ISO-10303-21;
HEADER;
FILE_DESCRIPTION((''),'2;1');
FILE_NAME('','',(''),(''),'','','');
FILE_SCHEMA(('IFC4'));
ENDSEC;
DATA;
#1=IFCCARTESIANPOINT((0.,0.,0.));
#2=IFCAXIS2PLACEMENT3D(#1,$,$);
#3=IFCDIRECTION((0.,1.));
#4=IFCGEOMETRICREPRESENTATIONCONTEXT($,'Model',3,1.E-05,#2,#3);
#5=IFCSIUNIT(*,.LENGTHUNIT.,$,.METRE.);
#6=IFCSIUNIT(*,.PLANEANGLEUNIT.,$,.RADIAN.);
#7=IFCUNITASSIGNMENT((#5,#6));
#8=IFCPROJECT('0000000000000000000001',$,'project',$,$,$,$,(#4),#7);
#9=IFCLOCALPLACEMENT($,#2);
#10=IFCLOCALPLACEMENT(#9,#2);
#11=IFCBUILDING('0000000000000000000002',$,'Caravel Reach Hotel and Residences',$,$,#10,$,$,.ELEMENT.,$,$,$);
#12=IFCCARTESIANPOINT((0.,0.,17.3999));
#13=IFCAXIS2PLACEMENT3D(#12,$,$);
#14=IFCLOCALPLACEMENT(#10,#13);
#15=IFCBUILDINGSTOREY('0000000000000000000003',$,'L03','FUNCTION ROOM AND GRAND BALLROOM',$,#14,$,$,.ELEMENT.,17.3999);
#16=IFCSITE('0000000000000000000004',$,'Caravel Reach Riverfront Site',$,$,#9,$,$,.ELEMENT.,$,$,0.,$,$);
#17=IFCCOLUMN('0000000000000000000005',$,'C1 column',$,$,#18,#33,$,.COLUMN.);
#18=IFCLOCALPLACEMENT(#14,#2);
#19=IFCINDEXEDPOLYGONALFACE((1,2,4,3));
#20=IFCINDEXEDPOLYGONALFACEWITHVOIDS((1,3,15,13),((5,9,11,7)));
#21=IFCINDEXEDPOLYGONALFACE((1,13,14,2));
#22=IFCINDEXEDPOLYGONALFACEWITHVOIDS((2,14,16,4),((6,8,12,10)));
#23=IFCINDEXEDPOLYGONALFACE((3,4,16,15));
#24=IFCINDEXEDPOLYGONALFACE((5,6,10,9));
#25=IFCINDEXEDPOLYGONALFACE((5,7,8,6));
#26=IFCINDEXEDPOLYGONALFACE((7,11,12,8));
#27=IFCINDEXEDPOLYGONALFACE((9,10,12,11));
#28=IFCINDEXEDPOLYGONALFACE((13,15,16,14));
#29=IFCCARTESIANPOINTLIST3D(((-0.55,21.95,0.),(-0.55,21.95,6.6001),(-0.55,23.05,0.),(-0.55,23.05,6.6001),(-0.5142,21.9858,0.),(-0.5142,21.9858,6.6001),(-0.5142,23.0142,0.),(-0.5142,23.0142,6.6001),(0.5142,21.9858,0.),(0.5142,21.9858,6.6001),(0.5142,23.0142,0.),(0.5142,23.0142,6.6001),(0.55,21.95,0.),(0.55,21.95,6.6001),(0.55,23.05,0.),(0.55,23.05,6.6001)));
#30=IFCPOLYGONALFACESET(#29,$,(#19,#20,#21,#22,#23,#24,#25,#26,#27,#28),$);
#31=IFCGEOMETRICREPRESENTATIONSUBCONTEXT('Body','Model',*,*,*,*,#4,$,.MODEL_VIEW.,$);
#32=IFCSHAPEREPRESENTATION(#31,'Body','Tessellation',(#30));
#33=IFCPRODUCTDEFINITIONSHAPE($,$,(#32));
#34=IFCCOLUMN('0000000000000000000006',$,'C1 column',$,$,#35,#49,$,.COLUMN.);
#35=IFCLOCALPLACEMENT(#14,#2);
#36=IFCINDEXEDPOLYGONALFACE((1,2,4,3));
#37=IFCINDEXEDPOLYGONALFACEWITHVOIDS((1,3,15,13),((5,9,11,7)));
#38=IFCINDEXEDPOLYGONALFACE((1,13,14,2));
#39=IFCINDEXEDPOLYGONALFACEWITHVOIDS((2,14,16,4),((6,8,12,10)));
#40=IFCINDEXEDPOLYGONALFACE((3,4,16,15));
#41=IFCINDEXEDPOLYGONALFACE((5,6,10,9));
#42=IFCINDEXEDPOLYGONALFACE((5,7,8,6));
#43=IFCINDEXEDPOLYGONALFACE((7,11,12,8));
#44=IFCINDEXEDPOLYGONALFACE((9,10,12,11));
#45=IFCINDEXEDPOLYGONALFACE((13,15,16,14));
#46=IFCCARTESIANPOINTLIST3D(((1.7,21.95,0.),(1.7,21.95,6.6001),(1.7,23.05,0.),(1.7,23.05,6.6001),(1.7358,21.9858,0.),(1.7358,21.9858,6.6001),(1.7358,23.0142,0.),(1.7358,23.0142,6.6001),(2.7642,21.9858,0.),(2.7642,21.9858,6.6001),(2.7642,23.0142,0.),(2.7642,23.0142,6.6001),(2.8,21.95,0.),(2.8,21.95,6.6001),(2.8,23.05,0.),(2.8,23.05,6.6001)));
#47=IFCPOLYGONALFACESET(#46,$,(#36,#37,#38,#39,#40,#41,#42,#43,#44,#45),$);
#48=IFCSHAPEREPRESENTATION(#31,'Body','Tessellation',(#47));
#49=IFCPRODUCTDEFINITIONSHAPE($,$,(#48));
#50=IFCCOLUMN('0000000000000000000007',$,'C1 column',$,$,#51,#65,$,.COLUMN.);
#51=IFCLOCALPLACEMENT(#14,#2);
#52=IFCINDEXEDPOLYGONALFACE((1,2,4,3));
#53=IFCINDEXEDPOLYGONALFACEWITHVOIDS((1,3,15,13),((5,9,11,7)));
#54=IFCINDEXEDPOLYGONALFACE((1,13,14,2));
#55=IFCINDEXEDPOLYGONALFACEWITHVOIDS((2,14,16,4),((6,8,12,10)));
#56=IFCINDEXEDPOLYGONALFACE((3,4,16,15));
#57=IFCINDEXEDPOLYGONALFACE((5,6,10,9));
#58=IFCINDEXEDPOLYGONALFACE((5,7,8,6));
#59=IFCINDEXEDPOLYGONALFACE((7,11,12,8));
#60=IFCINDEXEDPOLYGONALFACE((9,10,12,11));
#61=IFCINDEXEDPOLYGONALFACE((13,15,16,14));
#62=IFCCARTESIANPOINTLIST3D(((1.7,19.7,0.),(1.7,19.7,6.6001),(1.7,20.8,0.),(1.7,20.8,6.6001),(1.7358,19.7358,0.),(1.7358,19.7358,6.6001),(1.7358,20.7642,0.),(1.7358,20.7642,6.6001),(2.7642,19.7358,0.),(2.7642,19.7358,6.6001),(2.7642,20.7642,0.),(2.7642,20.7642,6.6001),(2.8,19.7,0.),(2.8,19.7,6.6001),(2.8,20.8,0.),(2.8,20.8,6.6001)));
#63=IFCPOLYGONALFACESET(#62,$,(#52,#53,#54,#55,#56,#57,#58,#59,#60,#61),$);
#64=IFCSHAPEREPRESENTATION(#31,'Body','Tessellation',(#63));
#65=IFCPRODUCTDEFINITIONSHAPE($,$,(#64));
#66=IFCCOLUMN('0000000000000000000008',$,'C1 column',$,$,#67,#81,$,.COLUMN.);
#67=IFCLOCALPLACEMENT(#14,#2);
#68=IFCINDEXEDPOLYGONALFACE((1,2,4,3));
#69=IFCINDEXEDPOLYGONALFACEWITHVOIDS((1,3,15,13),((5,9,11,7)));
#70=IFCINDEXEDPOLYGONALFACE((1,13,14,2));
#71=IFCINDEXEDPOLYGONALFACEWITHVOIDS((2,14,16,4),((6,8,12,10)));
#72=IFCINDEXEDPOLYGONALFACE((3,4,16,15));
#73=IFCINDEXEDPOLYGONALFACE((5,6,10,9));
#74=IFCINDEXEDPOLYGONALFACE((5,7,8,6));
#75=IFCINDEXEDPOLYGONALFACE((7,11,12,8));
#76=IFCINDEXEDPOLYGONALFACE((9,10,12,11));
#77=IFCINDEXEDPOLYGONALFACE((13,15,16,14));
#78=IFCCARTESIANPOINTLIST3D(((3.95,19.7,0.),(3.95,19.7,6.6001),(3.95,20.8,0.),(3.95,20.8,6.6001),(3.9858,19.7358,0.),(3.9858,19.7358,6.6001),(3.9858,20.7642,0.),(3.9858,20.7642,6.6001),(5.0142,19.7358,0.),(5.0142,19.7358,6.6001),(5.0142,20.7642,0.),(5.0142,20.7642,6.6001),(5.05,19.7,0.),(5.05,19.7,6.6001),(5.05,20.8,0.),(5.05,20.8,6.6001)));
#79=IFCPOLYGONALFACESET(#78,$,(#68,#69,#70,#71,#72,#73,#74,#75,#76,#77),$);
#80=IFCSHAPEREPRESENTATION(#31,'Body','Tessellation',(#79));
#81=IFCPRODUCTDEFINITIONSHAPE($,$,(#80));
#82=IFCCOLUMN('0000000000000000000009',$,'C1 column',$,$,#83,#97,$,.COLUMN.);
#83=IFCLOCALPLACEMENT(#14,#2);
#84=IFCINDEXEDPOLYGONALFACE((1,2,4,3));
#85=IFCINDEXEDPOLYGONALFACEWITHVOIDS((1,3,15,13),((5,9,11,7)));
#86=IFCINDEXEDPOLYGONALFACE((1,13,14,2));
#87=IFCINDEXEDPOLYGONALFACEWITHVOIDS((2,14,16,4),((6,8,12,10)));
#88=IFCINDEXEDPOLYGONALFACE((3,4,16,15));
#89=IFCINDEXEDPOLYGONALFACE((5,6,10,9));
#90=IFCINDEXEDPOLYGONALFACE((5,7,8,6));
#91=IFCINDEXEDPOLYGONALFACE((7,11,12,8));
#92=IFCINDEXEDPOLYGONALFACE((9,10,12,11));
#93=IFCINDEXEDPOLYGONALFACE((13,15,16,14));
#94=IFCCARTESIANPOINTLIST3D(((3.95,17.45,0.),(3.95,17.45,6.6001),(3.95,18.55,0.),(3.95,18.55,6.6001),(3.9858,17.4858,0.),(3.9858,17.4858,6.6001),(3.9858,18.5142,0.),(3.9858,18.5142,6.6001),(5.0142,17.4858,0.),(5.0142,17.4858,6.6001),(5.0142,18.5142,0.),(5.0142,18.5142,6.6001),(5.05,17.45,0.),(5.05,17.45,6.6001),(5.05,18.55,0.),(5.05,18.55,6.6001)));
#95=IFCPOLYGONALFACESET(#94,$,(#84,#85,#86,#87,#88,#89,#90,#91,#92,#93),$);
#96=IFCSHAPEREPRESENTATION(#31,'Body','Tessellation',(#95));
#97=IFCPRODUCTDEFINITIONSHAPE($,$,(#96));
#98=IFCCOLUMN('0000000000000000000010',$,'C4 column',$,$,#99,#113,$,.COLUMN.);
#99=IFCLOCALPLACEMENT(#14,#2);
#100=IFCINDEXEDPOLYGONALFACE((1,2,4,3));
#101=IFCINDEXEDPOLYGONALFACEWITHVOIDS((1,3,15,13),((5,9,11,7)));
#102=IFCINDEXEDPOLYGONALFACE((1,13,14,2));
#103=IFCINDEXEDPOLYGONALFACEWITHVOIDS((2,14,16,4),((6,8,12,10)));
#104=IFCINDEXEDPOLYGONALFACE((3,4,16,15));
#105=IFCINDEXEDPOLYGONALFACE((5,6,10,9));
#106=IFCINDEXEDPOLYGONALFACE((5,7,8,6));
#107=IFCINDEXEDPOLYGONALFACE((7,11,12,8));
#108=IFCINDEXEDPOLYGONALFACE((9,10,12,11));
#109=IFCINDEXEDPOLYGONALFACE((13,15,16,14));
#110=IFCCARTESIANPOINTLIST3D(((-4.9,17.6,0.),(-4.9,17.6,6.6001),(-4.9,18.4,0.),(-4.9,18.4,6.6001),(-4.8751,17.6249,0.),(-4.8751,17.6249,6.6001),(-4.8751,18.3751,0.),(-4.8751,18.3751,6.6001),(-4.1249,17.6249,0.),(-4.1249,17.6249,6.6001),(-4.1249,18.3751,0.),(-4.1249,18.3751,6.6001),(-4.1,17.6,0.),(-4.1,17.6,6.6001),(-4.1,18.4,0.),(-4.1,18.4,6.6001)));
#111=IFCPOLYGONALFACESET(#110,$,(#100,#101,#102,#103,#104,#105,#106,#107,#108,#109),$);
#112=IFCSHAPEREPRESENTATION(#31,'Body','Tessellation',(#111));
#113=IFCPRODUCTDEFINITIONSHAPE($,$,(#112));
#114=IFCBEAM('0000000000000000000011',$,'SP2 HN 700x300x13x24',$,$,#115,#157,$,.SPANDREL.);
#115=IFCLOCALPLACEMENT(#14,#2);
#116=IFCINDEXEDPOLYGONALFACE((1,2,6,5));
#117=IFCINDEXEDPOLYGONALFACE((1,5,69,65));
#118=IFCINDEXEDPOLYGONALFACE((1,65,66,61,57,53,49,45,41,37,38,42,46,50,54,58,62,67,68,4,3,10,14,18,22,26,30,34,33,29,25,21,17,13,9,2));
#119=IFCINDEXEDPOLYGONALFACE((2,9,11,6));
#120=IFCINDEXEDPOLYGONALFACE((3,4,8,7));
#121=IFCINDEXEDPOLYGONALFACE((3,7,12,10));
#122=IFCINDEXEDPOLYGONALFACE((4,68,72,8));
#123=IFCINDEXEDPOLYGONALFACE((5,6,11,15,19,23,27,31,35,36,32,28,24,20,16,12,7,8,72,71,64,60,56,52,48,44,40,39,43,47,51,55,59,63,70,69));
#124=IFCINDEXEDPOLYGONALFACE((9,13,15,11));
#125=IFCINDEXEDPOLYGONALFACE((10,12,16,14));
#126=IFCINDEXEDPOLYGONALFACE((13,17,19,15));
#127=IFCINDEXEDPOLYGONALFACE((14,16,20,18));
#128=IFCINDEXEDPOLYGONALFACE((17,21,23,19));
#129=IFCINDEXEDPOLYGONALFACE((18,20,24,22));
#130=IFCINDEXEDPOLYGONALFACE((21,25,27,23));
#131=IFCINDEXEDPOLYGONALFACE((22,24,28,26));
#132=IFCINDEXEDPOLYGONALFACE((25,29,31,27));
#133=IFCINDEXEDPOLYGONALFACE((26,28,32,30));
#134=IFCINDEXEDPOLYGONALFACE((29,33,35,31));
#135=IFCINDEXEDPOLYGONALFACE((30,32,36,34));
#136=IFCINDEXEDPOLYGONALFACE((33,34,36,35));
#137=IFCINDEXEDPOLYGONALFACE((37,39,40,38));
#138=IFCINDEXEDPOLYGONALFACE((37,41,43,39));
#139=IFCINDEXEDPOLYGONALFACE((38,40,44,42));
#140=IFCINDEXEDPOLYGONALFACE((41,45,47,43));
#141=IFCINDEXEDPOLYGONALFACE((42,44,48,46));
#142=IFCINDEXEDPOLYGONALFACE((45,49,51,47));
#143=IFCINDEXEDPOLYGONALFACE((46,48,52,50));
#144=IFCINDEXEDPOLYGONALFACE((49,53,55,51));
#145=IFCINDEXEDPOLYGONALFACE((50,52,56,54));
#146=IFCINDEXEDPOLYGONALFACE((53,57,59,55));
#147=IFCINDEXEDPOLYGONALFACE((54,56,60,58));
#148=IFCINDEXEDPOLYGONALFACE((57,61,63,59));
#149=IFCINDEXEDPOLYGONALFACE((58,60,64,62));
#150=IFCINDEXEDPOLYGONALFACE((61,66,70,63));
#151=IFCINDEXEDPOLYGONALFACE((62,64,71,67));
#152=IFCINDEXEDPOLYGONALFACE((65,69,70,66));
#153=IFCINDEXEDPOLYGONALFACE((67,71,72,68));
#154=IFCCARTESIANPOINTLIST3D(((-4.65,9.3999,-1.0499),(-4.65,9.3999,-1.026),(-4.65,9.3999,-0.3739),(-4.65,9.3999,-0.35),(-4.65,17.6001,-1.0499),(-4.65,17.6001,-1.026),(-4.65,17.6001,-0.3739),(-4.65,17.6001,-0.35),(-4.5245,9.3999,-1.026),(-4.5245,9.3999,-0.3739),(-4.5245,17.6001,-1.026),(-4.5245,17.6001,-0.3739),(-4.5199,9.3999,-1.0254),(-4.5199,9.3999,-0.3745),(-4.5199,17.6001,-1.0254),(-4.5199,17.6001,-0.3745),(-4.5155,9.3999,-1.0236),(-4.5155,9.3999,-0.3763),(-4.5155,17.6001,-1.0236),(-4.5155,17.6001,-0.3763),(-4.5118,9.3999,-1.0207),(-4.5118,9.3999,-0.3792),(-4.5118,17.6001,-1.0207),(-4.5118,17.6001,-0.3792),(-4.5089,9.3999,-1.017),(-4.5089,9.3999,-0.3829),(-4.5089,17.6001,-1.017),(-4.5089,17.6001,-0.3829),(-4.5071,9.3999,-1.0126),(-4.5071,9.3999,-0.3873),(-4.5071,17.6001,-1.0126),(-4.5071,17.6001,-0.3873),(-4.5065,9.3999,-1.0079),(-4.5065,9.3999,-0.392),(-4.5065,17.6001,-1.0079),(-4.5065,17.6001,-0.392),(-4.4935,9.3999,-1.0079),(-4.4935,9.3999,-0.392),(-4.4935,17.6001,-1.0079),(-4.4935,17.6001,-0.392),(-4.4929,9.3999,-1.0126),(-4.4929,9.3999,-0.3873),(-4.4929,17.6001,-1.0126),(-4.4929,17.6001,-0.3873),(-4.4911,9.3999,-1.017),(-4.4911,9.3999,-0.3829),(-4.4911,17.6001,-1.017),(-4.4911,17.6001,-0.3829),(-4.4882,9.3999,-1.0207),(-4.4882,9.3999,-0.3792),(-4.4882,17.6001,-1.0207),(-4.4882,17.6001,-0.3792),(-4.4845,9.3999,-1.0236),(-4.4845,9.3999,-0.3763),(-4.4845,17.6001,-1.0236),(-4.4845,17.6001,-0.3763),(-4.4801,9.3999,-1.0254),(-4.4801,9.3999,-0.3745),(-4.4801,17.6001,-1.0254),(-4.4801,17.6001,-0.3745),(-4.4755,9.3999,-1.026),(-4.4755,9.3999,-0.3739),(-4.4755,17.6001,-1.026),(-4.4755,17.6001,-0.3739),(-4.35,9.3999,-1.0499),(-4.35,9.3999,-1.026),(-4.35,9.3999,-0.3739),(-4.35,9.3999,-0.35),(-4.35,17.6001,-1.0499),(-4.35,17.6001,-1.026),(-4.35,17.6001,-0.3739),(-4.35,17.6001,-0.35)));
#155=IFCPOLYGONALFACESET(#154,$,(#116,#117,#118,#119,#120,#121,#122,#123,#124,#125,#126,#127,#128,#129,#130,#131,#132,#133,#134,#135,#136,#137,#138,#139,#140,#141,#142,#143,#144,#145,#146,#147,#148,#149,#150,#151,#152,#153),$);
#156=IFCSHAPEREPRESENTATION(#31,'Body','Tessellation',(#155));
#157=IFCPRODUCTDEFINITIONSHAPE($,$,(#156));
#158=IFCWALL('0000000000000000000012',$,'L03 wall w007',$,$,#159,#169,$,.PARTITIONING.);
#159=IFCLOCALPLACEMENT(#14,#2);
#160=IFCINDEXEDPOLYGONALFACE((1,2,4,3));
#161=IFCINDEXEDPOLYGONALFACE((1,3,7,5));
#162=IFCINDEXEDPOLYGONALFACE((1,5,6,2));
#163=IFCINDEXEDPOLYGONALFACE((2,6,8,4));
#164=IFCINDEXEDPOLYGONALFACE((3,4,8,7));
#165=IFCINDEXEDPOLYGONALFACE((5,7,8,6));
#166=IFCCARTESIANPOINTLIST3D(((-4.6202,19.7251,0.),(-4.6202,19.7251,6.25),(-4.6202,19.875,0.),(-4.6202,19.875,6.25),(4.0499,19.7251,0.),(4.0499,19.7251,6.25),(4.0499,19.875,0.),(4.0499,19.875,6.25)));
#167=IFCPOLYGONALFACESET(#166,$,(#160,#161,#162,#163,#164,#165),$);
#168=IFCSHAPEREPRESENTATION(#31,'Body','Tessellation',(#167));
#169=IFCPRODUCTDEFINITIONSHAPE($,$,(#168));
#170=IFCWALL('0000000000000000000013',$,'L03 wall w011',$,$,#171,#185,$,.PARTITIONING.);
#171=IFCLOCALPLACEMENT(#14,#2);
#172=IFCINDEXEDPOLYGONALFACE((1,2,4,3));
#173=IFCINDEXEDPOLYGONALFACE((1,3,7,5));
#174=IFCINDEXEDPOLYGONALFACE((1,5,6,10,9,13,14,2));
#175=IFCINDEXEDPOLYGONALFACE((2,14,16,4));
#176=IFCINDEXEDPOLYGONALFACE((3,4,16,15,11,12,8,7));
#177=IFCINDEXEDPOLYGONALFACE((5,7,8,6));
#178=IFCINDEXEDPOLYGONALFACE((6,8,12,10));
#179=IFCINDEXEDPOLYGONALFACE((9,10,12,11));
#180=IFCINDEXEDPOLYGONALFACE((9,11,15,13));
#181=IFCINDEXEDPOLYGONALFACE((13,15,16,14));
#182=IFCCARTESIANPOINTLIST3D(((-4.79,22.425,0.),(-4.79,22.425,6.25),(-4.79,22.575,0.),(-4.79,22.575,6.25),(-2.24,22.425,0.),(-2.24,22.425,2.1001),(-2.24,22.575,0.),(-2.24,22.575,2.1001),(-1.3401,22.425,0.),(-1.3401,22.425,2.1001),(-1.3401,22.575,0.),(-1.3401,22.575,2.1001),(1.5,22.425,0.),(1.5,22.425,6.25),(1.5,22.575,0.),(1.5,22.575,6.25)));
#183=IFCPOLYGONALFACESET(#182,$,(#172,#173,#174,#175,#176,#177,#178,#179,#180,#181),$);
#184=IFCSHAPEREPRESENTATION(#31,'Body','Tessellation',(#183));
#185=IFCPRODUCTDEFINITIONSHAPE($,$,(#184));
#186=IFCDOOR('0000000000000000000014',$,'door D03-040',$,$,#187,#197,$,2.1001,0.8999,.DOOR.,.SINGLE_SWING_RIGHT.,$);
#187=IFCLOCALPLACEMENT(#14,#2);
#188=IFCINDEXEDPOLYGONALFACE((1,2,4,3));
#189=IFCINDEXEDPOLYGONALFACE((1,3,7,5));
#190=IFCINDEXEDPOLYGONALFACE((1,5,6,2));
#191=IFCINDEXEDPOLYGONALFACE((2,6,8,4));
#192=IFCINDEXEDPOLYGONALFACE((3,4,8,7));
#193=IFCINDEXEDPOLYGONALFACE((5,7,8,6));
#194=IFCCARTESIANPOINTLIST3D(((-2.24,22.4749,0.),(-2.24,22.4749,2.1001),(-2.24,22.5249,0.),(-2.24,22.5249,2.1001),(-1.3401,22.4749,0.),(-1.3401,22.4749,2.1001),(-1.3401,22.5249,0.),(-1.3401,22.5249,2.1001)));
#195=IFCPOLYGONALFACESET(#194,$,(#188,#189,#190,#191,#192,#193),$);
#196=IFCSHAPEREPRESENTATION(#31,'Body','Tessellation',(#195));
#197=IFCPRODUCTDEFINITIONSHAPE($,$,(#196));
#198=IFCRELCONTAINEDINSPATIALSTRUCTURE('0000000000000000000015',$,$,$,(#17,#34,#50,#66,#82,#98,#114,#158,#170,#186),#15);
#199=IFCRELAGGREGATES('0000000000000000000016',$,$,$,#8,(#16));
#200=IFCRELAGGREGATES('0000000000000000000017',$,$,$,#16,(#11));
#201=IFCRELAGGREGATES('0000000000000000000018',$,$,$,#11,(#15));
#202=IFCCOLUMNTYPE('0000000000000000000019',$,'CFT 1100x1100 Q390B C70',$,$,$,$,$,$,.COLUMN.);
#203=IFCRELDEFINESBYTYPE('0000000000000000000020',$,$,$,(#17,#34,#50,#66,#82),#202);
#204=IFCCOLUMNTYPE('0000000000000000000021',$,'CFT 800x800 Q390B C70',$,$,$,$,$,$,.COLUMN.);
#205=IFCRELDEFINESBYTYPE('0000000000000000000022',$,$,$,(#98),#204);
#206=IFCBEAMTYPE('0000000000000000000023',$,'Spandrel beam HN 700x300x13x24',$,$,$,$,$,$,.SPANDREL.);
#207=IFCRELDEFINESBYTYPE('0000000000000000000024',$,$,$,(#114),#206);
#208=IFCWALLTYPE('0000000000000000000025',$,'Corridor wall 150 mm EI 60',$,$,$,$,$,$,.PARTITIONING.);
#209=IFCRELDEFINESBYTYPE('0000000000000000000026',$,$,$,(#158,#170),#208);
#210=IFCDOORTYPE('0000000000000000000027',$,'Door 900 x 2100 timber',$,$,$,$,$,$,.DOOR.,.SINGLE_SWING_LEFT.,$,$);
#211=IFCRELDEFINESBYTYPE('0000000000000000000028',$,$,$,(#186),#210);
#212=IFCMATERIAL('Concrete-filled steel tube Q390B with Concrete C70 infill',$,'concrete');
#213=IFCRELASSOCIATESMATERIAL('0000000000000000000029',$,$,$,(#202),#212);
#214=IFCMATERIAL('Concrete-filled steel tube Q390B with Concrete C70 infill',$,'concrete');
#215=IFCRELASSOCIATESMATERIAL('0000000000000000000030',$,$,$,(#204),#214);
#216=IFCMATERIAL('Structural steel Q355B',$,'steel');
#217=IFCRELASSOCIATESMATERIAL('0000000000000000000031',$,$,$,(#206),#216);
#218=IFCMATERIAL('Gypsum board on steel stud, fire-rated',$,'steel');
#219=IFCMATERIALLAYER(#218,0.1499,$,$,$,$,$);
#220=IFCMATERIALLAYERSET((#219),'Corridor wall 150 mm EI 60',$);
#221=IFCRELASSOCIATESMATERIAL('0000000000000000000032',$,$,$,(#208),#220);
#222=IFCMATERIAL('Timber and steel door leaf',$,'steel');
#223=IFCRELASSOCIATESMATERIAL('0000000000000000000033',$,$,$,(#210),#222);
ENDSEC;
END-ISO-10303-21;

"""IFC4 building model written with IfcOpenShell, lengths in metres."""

from ifc_helpers import new_model, si_unit, direction, frame, frame_2d, origin, origin_2d, place, context, subcontext, project, spatial, rectangle, hollow_rectangle, i_section, extrude, material, layer, layer_set, material_profile, profile_set, type_object, element, fill, save


model = new_model("IFC4")

# Units and contexts
model_context = context("Model", 3, precision=1e-05, world=origin(), true_north=direction((0.0, 1.0)))
body_context = subcontext(model_context, "Body", "Model", "MODEL_VIEW")
ifc_project = project(units=[si_unit("LENGTHUNIT", "METRE"), si_unit("PLANEANGLEUNIT", "RADIAN")], contexts=[model_context])

# Site, building, storey
site_placement = place(None, origin())
site = spatial("IfcSite", under=ifc_project, at=site_placement, Name="Caravel Reach Riverfront Site", CompositionType="ELEMENT", RefElevation=0.0)
building_placement = place(site_placement, origin())
building = spatial("IfcBuilding", under=site, at=building_placement, Name="Caravel Reach Hotel and Residences", CompositionType="ELEMENT")
storey_placement = place(building_placement, frame((0.0, 0.0, 17.3999)))
storey = spatial("IfcBuildingStorey", under=building, at=storey_placement, Name="L03", Description="FUNCTION ROOM AND GRAND BALLROOM", CompositionType="ELEMENT", Elevation=17.3999)

# Columns
ifc_material_1 = material(Name="Concrete-filled steel tube Q390B with Concrete C70 infill", Category="concrete")
ifc_material_profile_1 = material_profile(ifc_material_1, hollow_rectangle(XDim=1.1001, YDim=1.1001, WallThickness=0.0359, at=origin_2d()), Name="RHS 1100x1100x36")
ifc_profile_set_1 = profile_set([ifc_material_profile_1], Name="Concrete-filled steel tube Q390B with Concrete C70 infill")
column_type_1 = type_object("IfcColumnType", Name="CFT 1100x1100 Q390B C70", PredefinedType="COLUMN", material=ifc_profile_set_1)
for number, where, z_axis, x_axis, name in (
    (1, (0.0, 22.5, 0.0), (0.0, 0.0, 1.0), (1.0, 0.0, 0.0), "C1 column"),
    (2, (2.25, 22.5, 0.0), (0.0, 0.0, 1.0), (1.0, 0.0, 0.0), "C1 column"),
    (3, (2.25, 20.25, 0.0), (0.0, 0.0, 1.0), (1.0, 0.0, 0.0), "C1 column"),
    (4, (4.5, 20.25, 0.0), (0.0, 0.0, 1.0), (1.0, 0.0, 0.0), "C1 column"),
    (5, (4.5, 18.0, 0.0), (0.0, 0.0, 1.0), (1.0, 0.0, 0.0), "C1 column"),
):
    element("IfcColumn", number, at=place(storey_placement, frame(where, z_axis=z_axis, x_axis=x_axis)), inside=storey, type_object=column_type_1, Name=name, PredefinedType="COLUMN", context=body_context, shape_type="SweptSolid", body=[
        extrude(hollow_rectangle(XDim=1.1001, YDim=1.1001, WallThickness=0.0359, at=origin_2d()), origin(), (0.0, 0.0, 1.0), 6.6001),
    ])
ifc_material_2 = material(Name="Concrete-filled steel tube Q390B with Concrete C70 infill", Category="concrete")
ifc_material_profile_2 = material_profile(ifc_material_2, hollow_rectangle(XDim=0.8, YDim=0.8, WallThickness=0.0249, at=origin_2d()), Name="RHS 800x800x25")
ifc_profile_set_2 = profile_set([ifc_material_profile_2], Name="Concrete-filled steel tube Q390B with Concrete C70 infill")
column_type_2 = type_object("IfcColumnType", Name="CFT 800x800 Q390B C70", PredefinedType="COLUMN", material=ifc_profile_set_2)
column_placement = place(storey_placement, frame((-4.5, 18.0, 0.0), z_axis=(0.0, 0.0, 1.0), x_axis=(1.0, 0.0, 0.0)))
element("IfcColumn", 6, at=column_placement, inside=storey, type_object=column_type_2, Name="C4 column", PredefinedType="COLUMN", context=body_context, shape_type="SweptSolid", body=[
    extrude(hollow_rectangle(XDim=0.8, YDim=0.8, WallThickness=0.0249, at=origin_2d()), origin(), (0.0, 0.0, 1.0), 6.6001),
])

# Beam
ifc_material_3 = material(Name="Structural steel Q355B", Category="steel")
ifc_material_profile_3 = material_profile(ifc_material_3, i_section(OverallWidth=0.3, OverallDepth=0.7, WebThickness=0.0129, FlangeThickness=0.0239, FilletRadius=0.0181, at=origin_2d()), Name="HN 700x300x13x24")
ifc_profile_set_3 = profile_set([ifc_material_profile_3], Name="Structural steel Q355B")
beam_type = type_object("IfcBeamType", Name="Spandrel beam HN 700x300x13x24", PredefinedType="SPANDREL", material=ifc_profile_set_3)
beam_placement = place(storey_placement, frame((-4.5, 17.6001, -0.7), z_axis=(0.0, -1.0, 0.0), x_axis=(1.0, 0.0, 0.0)))
element("IfcBeam", 7, at=beam_placement, inside=storey, type_object=beam_type, Name="SP2 HN 700x300x13x24", PredefinedType="SPANDREL", context=body_context, shape_type="SweptSolid", body=[
    extrude(i_section(OverallWidth=0.3, OverallDepth=0.7, WebThickness=0.0129, FlangeThickness=0.0239, FilletRadius=0.0181, at=origin_2d()), origin(), (0.0, 0.0, 1.0), 8.2002),
])

# Wall
ifc_material_4 = material(Name="Gypsum board on steel stud, fire-rated", Category="steel")
ifc_layer_1 = layer(ifc_material_4, 0.1499)
ifc_layer_set_1 = layer_set([ifc_layer_1], Name="Corridor wall 150 mm EI 60")
wall_type_1 = type_object("IfcWallType", Name="Corridor wall 150 mm EI 60", PredefinedType="PARTITIONING", material=ifc_layer_set_1)
wall_1_placement = place(storey_placement, frame((-4.6201, 19.8, 0.0), z_axis=(0.0, 0.0, 1.0), x_axis=(1.0, 0.0, 0.0)))
element("IfcWall", 8, at=wall_1_placement, inside=storey, type_object=wall_type_1, Name="L03 wall w007", PredefinedType="PARTITIONING", context=body_context, shape_type="SweptSolid", body=[
    extrude(rectangle(XDim=8.6702, YDim=0.1499, at=frame_2d((4.335, 0.0))), origin(), (0.0, 0.0, 1.0), 6.25),
])

# Wall, opening, door
wall_2_placement = place(storey_placement, frame((-4.79, 22.5, 0.0), z_axis=(0.0, 0.0, 1.0), x_axis=(1.0, 0.0, 0.0)))
wall_2 = element("IfcWall", 9, at=wall_2_placement, inside=storey, type_object=wall_type_1, Name="L03 wall w011", PredefinedType="PARTITIONING", context=body_context, shape_type="SweptSolid", body=[
    extrude(rectangle(XDim=6.29, YDim=0.1499, at=frame_2d((3.145, 0.0))), origin(), (0.0, 0.0, 1.0), 6.25),
])
opening_1_placement = place(wall_2_placement, frame((2.55, 0.0, 0.0)))
opening_1 = element("IfcOpeningElement", 10, at=opening_1_placement, cuts=wall_2, PredefinedType="OPENING", context=body_context, shape_type="SweptSolid", body=[
    extrude(rectangle(XDim=0.8999, YDim=2.1001, at=frame_2d((0.45, 1.05))), frame((0.0, 0.085, 0.0), z_axis=(0.0, -1.0, 0.0), x_axis=(1.0, 0.0, 0.0)), (0.0, 0.0, 1.0), 0.1699),
])
ifc_material_5 = material(Name="Timber and steel door leaf", Category="steel")
door_type_1 = type_object("IfcDoorType", Name="Door 900 x 2100 timber", OperationType="SINGLE_SWING_LEFT", PredefinedType="DOOR", material=ifc_material_5)
door_1_placement = place(opening_1_placement, origin())
door_1 = element("IfcDoor", 11, at=door_1_placement, inside=storey, type_object=door_type_1, Name="door D03-040", OperationType="SINGLE_SWING_RIGHT", OverallHeight=2.1001, OverallWidth=0.8999, PredefinedType="DOOR", context=body_context, shape_type="SweptSolid", body=[
    extrude(rectangle(XDim=0.8999, YDim=2.1001, at=frame_2d((0.45, 1.05))), frame((0.0, 0.0249, 0.0), z_axis=(0.0, -1.0, 0.0), x_axis=(1.0, 0.0, 0.0)), (0.0, 0.0, 1.0), 0.05),
])
fill(opening_1, door_1)

save(model, "model.ifc")
